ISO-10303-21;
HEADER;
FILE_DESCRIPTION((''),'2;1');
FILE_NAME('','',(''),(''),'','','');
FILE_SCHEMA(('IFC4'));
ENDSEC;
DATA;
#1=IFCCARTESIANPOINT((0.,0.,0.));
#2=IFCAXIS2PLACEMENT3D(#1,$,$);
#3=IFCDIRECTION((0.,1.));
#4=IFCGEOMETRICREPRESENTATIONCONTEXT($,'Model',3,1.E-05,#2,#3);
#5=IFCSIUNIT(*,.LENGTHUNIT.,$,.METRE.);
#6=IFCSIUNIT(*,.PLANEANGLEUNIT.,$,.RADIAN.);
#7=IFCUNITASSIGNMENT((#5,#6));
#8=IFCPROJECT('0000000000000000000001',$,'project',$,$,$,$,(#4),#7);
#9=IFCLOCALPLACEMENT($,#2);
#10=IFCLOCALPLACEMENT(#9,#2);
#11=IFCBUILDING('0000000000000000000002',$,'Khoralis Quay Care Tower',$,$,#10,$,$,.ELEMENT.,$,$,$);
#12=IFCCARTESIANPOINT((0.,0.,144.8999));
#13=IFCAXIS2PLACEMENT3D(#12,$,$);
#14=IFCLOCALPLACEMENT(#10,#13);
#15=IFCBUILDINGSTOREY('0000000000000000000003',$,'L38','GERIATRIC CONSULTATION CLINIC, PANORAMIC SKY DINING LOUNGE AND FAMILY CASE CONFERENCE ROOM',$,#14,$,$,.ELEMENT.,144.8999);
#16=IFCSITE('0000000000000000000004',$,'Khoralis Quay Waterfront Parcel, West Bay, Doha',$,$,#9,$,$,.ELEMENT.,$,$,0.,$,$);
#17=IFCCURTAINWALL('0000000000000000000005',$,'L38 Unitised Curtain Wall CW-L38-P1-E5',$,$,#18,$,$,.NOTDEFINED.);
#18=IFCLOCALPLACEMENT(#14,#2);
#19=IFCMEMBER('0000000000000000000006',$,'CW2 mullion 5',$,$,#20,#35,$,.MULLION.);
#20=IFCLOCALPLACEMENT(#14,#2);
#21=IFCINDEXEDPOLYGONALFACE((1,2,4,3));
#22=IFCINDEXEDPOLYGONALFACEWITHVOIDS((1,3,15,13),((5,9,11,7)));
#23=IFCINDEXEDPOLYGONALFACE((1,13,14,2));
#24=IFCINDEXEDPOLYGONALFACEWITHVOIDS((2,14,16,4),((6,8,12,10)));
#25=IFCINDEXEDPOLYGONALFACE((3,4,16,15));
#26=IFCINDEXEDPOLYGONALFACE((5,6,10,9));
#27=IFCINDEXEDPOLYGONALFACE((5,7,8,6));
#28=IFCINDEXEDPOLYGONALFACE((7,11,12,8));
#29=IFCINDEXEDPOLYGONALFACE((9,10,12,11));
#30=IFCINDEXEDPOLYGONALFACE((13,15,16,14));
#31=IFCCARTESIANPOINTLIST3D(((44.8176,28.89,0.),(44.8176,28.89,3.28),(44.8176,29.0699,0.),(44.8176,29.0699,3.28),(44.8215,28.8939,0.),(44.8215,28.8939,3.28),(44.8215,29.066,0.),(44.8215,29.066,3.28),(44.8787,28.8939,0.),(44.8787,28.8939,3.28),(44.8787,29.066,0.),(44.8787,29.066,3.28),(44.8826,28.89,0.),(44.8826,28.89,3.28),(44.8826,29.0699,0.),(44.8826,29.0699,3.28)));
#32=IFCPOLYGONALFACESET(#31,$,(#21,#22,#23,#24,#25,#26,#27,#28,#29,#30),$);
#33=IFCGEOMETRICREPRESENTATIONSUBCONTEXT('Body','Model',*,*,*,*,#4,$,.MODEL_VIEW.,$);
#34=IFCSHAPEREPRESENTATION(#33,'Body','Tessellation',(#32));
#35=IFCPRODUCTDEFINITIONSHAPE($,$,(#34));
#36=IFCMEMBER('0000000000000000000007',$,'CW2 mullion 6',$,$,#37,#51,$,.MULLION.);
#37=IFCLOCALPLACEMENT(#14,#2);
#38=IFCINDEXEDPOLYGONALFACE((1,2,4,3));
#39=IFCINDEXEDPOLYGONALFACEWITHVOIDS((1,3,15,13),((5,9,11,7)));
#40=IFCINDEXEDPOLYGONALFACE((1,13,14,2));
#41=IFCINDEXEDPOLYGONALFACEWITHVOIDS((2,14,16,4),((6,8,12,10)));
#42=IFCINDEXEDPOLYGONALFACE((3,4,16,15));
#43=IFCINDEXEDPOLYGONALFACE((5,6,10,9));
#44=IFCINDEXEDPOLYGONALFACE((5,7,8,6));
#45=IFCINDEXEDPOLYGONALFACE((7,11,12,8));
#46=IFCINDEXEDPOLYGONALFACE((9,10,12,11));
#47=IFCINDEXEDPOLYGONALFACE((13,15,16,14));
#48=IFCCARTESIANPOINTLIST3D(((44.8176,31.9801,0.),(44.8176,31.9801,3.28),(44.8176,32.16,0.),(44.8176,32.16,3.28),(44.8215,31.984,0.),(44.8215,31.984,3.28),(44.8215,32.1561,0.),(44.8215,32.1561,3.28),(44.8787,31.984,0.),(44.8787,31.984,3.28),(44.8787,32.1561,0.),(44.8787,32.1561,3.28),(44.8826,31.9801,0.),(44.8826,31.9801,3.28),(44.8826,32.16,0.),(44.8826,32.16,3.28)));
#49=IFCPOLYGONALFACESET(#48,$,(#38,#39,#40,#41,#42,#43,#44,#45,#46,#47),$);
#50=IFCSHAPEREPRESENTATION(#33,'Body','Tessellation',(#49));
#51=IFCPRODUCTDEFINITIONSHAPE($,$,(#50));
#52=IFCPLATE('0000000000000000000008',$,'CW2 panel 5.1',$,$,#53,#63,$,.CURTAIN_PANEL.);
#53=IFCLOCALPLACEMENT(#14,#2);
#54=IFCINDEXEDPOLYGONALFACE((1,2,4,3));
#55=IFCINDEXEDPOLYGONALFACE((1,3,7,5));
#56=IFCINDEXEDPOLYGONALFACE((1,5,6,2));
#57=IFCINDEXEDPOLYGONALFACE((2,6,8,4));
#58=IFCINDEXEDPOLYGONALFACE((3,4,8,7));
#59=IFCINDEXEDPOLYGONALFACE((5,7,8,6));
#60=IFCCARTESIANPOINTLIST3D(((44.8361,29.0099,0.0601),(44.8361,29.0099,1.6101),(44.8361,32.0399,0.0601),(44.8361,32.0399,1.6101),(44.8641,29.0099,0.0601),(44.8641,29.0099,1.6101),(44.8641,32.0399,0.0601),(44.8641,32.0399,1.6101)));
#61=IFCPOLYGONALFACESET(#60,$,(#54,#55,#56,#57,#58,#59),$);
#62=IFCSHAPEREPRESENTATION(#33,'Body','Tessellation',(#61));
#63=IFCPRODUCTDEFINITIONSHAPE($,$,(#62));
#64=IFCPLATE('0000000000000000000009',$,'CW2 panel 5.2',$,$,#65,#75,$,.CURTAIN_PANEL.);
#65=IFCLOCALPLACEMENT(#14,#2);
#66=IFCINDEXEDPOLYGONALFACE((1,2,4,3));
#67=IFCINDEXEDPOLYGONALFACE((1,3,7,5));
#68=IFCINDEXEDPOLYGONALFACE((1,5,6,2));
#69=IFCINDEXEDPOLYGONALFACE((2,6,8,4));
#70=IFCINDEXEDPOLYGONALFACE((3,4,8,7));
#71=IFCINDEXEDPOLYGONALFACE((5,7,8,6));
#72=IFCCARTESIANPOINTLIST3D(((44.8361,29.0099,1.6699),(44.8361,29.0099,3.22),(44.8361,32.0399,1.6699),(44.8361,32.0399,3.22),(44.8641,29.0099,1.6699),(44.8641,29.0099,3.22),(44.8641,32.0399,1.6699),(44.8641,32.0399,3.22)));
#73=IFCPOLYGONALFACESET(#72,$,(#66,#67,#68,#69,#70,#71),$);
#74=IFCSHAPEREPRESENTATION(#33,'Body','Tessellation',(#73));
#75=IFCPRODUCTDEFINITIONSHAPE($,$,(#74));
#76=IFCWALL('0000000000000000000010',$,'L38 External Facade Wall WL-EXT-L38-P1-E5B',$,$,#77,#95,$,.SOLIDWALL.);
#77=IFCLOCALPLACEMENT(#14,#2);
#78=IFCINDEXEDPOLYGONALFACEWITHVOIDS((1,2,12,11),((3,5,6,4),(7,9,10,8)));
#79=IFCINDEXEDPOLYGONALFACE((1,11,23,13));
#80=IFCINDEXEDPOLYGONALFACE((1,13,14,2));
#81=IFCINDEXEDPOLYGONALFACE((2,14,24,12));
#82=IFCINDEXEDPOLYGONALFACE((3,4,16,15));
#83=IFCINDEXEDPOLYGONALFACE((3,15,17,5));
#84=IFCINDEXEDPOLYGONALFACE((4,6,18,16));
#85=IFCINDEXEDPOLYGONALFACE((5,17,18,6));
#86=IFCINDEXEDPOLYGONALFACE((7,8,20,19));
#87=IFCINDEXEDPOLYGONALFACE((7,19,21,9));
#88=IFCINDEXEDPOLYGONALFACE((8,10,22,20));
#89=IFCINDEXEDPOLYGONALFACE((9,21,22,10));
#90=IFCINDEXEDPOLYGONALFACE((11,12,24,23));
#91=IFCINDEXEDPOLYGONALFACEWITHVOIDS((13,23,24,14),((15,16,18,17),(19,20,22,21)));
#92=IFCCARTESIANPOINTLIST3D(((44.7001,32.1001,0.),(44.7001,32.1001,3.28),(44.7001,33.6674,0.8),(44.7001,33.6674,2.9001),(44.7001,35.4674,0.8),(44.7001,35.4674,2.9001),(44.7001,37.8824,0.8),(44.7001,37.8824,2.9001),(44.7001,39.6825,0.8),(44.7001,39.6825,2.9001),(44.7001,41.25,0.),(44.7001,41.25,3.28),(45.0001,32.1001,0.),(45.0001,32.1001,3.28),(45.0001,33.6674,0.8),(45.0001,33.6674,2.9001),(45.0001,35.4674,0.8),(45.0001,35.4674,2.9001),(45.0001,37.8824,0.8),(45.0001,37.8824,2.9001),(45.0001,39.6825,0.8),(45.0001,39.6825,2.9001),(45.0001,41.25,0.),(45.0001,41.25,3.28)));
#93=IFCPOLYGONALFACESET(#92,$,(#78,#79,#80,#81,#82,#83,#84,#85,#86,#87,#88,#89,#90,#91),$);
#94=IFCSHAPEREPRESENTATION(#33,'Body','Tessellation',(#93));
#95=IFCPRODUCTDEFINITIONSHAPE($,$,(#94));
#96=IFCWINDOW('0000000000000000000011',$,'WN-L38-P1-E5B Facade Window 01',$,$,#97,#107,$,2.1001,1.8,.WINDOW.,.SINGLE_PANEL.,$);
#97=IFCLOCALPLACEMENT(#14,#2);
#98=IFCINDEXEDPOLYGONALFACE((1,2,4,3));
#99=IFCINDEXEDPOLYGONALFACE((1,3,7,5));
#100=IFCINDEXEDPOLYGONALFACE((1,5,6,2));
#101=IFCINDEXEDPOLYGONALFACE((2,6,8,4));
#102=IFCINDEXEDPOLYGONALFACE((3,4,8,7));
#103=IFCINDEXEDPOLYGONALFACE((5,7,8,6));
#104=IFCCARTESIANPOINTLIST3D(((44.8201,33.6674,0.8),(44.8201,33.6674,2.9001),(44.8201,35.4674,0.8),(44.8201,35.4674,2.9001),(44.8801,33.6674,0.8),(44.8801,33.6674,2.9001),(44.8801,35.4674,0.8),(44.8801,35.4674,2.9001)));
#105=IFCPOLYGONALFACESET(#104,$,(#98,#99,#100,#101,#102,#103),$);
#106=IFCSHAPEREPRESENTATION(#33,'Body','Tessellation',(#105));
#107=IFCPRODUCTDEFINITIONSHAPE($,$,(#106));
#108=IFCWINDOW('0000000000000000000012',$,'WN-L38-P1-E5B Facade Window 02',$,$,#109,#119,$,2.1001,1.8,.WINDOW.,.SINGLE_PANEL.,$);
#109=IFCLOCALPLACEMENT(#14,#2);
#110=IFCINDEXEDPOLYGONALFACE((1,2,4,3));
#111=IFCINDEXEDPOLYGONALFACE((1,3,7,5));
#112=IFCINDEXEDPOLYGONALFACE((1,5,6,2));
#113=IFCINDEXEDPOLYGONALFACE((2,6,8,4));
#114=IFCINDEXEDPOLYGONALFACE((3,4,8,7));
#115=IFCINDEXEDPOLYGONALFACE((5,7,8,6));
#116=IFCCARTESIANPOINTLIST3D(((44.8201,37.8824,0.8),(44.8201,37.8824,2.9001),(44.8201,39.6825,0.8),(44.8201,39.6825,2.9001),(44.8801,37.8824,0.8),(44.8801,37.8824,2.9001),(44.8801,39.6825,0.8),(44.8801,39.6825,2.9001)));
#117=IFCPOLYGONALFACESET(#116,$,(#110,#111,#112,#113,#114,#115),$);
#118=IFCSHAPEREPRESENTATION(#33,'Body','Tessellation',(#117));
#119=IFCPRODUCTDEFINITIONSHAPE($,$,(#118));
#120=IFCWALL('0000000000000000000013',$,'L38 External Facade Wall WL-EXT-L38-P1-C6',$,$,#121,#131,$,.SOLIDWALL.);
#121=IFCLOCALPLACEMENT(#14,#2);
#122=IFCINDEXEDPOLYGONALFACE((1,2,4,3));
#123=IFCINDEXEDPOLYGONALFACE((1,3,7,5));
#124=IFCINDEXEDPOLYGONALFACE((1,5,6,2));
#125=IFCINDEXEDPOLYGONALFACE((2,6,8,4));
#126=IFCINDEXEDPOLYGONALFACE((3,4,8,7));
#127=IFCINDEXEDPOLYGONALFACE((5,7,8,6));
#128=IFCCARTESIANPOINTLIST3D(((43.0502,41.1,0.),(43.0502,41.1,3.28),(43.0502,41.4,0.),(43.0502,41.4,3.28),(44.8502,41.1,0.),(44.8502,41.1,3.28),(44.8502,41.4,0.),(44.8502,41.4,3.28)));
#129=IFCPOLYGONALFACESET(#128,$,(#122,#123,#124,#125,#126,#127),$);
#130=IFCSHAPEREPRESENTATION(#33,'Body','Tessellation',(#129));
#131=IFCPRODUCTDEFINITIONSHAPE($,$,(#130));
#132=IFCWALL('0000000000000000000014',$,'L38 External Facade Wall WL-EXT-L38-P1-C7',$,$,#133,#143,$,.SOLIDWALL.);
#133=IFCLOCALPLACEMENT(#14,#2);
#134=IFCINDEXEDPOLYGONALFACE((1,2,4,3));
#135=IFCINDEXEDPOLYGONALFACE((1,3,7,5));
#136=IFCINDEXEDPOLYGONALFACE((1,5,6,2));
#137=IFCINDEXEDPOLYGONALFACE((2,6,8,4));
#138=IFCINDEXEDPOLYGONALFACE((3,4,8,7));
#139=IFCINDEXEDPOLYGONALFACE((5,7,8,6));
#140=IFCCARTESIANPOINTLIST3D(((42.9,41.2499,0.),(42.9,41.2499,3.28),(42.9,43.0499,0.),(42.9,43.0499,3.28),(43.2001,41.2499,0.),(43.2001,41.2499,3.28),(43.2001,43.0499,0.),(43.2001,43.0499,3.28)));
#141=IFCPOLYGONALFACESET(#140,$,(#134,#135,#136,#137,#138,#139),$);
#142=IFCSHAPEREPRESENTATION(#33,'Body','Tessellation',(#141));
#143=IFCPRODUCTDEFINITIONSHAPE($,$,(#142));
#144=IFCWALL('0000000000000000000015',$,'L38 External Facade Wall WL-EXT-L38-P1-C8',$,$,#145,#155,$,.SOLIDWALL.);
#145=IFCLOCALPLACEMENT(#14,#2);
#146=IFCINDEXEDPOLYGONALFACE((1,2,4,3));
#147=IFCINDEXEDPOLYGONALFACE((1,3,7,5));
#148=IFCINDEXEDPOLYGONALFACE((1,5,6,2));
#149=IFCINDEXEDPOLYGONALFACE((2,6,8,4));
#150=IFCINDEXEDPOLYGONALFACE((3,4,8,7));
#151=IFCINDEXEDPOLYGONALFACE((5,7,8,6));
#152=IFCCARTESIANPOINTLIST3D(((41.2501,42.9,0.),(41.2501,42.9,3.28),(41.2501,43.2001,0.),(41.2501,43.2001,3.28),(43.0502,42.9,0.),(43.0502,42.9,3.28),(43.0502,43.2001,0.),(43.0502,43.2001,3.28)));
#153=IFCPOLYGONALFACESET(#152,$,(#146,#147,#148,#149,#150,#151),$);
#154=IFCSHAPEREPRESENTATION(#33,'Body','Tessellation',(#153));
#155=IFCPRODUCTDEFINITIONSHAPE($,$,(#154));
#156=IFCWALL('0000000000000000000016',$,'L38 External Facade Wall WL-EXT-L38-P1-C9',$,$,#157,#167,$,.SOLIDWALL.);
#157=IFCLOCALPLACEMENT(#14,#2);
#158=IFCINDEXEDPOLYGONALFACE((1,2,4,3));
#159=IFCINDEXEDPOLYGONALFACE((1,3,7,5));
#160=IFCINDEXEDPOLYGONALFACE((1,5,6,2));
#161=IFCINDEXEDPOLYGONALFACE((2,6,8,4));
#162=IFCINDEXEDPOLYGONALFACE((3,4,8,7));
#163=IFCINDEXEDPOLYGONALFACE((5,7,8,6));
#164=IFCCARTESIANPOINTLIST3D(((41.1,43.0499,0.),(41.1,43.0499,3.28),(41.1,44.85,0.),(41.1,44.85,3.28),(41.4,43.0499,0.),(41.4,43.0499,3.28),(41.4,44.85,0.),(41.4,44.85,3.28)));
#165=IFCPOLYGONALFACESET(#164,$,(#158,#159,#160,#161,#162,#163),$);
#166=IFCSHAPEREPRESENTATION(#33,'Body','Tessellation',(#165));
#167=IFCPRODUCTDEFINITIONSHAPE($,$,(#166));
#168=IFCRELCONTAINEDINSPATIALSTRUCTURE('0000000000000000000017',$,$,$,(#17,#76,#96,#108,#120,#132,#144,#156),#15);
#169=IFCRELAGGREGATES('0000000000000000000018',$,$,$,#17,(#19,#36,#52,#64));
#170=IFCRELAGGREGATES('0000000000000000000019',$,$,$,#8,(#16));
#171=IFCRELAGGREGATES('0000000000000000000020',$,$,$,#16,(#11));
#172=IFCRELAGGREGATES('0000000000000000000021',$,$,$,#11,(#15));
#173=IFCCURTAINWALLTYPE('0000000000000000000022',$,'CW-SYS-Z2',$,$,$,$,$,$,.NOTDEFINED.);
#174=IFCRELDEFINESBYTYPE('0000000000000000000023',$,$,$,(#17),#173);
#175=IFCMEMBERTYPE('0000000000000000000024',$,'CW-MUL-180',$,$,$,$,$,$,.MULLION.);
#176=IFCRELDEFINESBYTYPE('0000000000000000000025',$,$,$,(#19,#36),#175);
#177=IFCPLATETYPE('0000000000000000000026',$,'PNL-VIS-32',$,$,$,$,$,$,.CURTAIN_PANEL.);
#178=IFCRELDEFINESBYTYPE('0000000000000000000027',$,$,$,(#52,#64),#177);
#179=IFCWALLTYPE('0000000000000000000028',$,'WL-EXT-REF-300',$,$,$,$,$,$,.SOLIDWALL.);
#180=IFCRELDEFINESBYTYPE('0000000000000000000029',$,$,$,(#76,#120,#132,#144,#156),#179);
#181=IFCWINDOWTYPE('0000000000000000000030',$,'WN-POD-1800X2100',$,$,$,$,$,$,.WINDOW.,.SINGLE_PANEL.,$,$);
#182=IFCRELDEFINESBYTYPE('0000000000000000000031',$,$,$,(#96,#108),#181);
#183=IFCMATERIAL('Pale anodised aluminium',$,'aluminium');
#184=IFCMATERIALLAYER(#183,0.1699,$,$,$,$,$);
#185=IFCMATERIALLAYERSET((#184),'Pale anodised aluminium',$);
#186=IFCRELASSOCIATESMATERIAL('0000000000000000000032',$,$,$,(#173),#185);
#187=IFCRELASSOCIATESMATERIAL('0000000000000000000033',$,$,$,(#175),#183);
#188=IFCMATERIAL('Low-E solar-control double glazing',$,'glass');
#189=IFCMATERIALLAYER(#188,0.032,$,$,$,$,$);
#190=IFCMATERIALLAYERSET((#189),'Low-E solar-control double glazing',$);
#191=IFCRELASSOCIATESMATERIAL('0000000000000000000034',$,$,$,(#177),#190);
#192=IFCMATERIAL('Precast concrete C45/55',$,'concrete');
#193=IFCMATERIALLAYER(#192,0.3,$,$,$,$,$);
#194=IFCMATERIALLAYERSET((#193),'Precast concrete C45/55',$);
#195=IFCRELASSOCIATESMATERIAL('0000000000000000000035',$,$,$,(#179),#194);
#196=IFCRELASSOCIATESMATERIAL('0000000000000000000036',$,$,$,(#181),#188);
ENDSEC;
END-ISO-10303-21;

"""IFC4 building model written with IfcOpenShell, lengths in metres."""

from ifc_helpers import new_model, si_unit, direction, frame, frame_2d, origin, origin_2d, place, context, subcontext, project, spatial, rectangle, hollow_rectangle, extrude, source, transform, mapped, material, layer, layer_set, material_profile, profile_set, type_object, element, fill, aggregate, save


model = new_model("IFC4")

# Units and contexts
model_context = context("Model", 3, precision=1e-05, world=origin(), true_north=direction((0.0, 1.0)))
body_context = subcontext(model_context, "Body", "Model", "MODEL_VIEW")
ifc_project = project(units=[si_unit("LENGTHUNIT", "METRE"), si_unit("PLANEANGLEUNIT", "RADIAN")], contexts=[model_context])

# Site, building, storey
site_placement = place(None, origin())
site = spatial("IfcSite", under=ifc_project, at=site_placement, Name="Khoralis Quay Waterfront Parcel, West Bay, Doha", CompositionType="ELEMENT", RefElevation=0.0)
building_placement = place(site_placement, origin())
building = spatial("IfcBuilding", under=site, at=building_placement, Name="Khoralis Quay Care Tower", CompositionType="ELEMENT")
storey_placement = place(building_placement, frame((0.0, 0.0, 144.8999)))
storey = spatial("IfcBuildingStorey", under=building, at=storey_placement, Name="L38", Description="GERIATRIC CONSULTATION CLINIC, PANORAMIC SKY DINING LOUNGE AND FAMILY CASE CONFERENCE ROOM", CompositionType="ELEMENT", Elevation=144.8999)

# Curtain wall, members, plates
ifc_material_1 = material(Name="Pale anodised aluminium", Category="aluminium")
ifc_layer_1 = layer(ifc_material_1, 0.1699)
ifc_layer_set_1 = layer_set([ifc_layer_1], Name="Pale anodised aluminium")
curtain_wall_type = type_object("IfcCurtainWallType", Name="CW-SYS-Z2", PredefinedType="NOTDEFINED", material=ifc_layer_set_1)
curtain_wall_placement = place(storey_placement, origin())
curtain_wall = element("IfcCurtainWall", 1, at=curtain_wall_placement, inside=storey, type_object=curtain_wall_type, Name="L38 Unitised Curtain Wall CW-L38-P1-E5", PredefinedType="NOTDEFINED")
ifc_material_profile_1 = material_profile(ifc_material_1, hollow_rectangle(XDim=0.0649, YDim=0.1799, WallThickness=0.0039, at=origin_2d()), Name="Pale anodised aluminium")
ifc_profile_set_1 = profile_set([ifc_material_profile_1], Name="Pale anodised aluminium")
member_type_1 = type_object("IfcMemberType", Name="CW-MUL-180", PredefinedType="MULLION", material=ifc_profile_set_1)
shared_shape_1 = source(origin(), body_context, "Body", "SweptSolid", [
    extrude(hollow_rectangle(XDim=0.0649, YDim=0.1799, WallThickness=0.0039, at=origin_2d()), origin(), (0.0, 0.0, 1.0), 3.28),
])
member_1_placement = place(storey_placement, frame((44.8501, 28.98, 0.0), z_axis=(0.0, 0.0, 1.0), x_axis=(-1.0, 0.0, 0.0)))
member_1 = element("IfcMember", 2, at=member_1_placement, type_object=member_type_1, Name="CW2 mullion 5", PredefinedType="MULLION", context=body_context, shape_type="MappedRepresentation", body=[
    mapped(shared_shape_1, transform((0.0, 0.0, 0.0), scale=1.0)),
])
member_2_placement = place(storey_placement, frame((44.8501, 32.0701, 0.0), z_axis=(0.0, 0.0, 1.0), x_axis=(-1.0, 0.0, 0.0)))
member_2 = element("IfcMember", 3, at=member_2_placement, type_object=member_type_1, Name="CW2 mullion 6", PredefinedType="MULLION", context=body_context, shape_type="MappedRepresentation", body=[
    mapped(shared_shape_1, transform((0.0, 0.0, 0.0), scale=1.0)),
])
ifc_material_2 = material(Name="Low-E solar-control double glazing", Category="glass")
ifc_layer_2 = layer(ifc_material_2, 0.032)
ifc_layer_set_2 = layer_set([ifc_layer_2], Name="Low-E solar-control double glazing")
plate_type = type_object("IfcPlateType", Name="PNL-VIS-32", PredefinedType="CURTAIN_PANEL", material=ifc_layer_set_2)
shared_shape_2 = source(origin(), body_context, "Body", "SweptSolid", [
    extrude(rectangle(XDim=3.03, YDim=0.0281, at=origin_2d()), origin(), (0.0, 0.0, 1.0), 1.55),
])
plate_1_placement = place(storey_placement, frame((44.8501, 30.5249, 0.0601), z_axis=(0.0, 0.0, 1.0), x_axis=(0.0, 1.0, 0.0)))
plate_1 = element("IfcPlate", 4, at=plate_1_placement, type_object=plate_type, Name="CW2 panel 5.1", PredefinedType="CURTAIN_PANEL", context=body_context, shape_type="MappedRepresentation", body=[
    mapped(shared_shape_2, transform((0.0, 0.0, 0.0), scale=1.0)),
])
plate_2_placement = place(storey_placement, frame((44.8501, 30.5249, 1.6699), z_axis=(0.0, 0.0, 1.0), x_axis=(0.0, 1.0, 0.0)))
plate_2 = element("IfcPlate", 5, at=plate_2_placement, type_object=plate_type, Name="CW2 panel 5.2", PredefinedType="CURTAIN_PANEL", context=body_context, shape_type="MappedRepresentation", body=[
    mapped(shared_shape_2, transform((0.0, 0.0, 0.0), scale=1.0)),
])
aggregate(curtain_wall, [member_1, member_2, plate_1, plate_2])

# Wall, openings, windows
ifc_material_3 = material(Name="Precast concrete C45/55", Category="concrete")
ifc_layer_3 = layer(ifc_material_3, 0.3)
ifc_layer_set_3 = layer_set([ifc_layer_3], Name="Precast concrete C45/55")
wall_type_1 = type_object("IfcWallType", Name="WL-EXT-REF-300", PredefinedType="SOLIDWALL", material=ifc_layer_set_3)
wall_1_placement = place(storey_placement, frame((44.8501, 32.1001, 0.0), z_axis=(0.0, 0.0, 1.0), x_axis=(0.0, 1.0, 0.0)))
wall_1 = element("IfcWall", 6, at=wall_1_placement, inside=storey, type_object=wall_type_1, Name="L38 External Facade Wall WL-EXT-L38-P1-E5B", PredefinedType="SOLIDWALL", context=body_context, shape_type="SweptSolid", body=[
    extrude(rectangle(XDim=9.1499, YDim=0.3, at=frame_2d((4.575, 0.0))), origin(), (0.0, 0.0, 1.0), 3.28),
])
opening_1_placement = place(wall_1_placement, frame((1.5674, 0.0, 0.8)))
opening_1 = element("IfcOpeningElement", 7, at=opening_1_placement, cuts=wall_1, PredefinedType="OPENING", context=body_context, shape_type="SweptSolid", body=[
    extrude(rectangle(XDim=1.8, YDim=2.1001, at=frame_2d((0.8999, 1.05))), frame((0.0, 0.1602, 0.0), z_axis=(0.0, -1.0, 0.0), x_axis=(1.0, 0.0, 0.0)), (0.0, 0.0, 1.0), 0.3201),
])
opening_2_placement = place(wall_1_placement, frame((5.7825, 0.0, 0.8)))
opening_2 = element("IfcOpeningElement", 8, at=opening_2_placement, cuts=wall_1, PredefinedType="OPENING", context=body_context, shape_type="SweptSolid", body=[
    extrude(rectangle(XDim=1.8, YDim=2.1001, at=frame_2d((0.8999, 1.05))), frame((0.0, 0.1602, 0.0), z_axis=(0.0, -1.0, 0.0), x_axis=(1.0, 0.0, 0.0)), (0.0, 0.0, 1.0), 0.3201),
])
window_type = type_object("IfcWindowType", Name="WN-POD-1800X2100", PartitioningType="SINGLE_PANEL", PredefinedType="WINDOW", material=ifc_material_2)
shared_shape_3 = source(origin(), body_context, "Body", "SweptSolid", [
    extrude(rectangle(XDim=1.8, YDim=2.1001, at=frame_2d((0.8999, 1.05))), frame((0.0, 0.03, 0.0), z_axis=(0.0, -1.0, 0.0), x_axis=(1.0, 0.0, 0.0)), (0.0, 0.0, 1.0), 0.0601),
])
window_1_placement = place(opening_1_placement, origin())
window_1 = element("IfcWindow", 9, at=window_1_placement, inside=storey, type_object=window_type, Name="WN-L38-P1-E5B Facade Window 01", OverallHeight=2.1001, OverallWidth=1.8, PartitioningType="SINGLE_PANEL", PredefinedType="WINDOW", context=body_context, shape_type="MappedRepresentation", body=[
    mapped(shared_shape_3, transform((0.0, 0.0, 0.0), scale=1.0)),
])
fill(opening_1, window_1)
window_2_placement = place(opening_2_placement, origin())
window_2 = element("IfcWindow", 10, at=window_2_placement, inside=storey, type_object=window_type, Name="WN-L38-P1-E5B Facade Window 02", OverallHeight=2.1001, OverallWidth=1.8, PartitioningType="SINGLE_PANEL", PredefinedType="WINDOW", context=body_context, shape_type="MappedRepresentation", body=[
    mapped(shared_shape_3, transform((0.0, 0.0, 0.0), scale=1.0)),
])
fill(opening_2, window_2)

# Walls
for number, where, z_axis, x_axis, name in (
    (11, (44.8501, 41.25, 0.0), (0.0, 0.0, 1.0), (-1.0, 0.0, 0.0), "L38 External Facade Wall WL-EXT-L38-P1-C6"),
    (12, (43.05, 41.25, 0.0), (0.0, 0.0, 1.0), (0.0, 1.0, 0.0), "L38 External Facade Wall WL-EXT-L38-P1-C7"),
    (13, (43.05, 43.05, 0.0), (0.0, 0.0, 1.0), (-1.0, 0.0, 0.0), "L38 External Facade Wall WL-EXT-L38-P1-C8"),
    (14, (41.25, 43.05, 0.0), (0.0, 0.0, 1.0), (0.0, 1.0, 0.0), "L38 External Facade Wall WL-EXT-L38-P1-C9"),
):
    element("IfcWall", number, at=place(storey_placement, frame(where, z_axis=z_axis, x_axis=x_axis)), inside=storey, type_object=wall_type_1, Name=name, PredefinedType="SOLIDWALL", context=body_context, shape_type="SweptSolid", body=[
        extrude(rectangle(XDim=1.8, YDim=0.3, at=frame_2d((0.8999, 0.0))), origin(), (0.0, 0.0, 1.0), 3.28),
    ])

save(model, "model.ifc")
